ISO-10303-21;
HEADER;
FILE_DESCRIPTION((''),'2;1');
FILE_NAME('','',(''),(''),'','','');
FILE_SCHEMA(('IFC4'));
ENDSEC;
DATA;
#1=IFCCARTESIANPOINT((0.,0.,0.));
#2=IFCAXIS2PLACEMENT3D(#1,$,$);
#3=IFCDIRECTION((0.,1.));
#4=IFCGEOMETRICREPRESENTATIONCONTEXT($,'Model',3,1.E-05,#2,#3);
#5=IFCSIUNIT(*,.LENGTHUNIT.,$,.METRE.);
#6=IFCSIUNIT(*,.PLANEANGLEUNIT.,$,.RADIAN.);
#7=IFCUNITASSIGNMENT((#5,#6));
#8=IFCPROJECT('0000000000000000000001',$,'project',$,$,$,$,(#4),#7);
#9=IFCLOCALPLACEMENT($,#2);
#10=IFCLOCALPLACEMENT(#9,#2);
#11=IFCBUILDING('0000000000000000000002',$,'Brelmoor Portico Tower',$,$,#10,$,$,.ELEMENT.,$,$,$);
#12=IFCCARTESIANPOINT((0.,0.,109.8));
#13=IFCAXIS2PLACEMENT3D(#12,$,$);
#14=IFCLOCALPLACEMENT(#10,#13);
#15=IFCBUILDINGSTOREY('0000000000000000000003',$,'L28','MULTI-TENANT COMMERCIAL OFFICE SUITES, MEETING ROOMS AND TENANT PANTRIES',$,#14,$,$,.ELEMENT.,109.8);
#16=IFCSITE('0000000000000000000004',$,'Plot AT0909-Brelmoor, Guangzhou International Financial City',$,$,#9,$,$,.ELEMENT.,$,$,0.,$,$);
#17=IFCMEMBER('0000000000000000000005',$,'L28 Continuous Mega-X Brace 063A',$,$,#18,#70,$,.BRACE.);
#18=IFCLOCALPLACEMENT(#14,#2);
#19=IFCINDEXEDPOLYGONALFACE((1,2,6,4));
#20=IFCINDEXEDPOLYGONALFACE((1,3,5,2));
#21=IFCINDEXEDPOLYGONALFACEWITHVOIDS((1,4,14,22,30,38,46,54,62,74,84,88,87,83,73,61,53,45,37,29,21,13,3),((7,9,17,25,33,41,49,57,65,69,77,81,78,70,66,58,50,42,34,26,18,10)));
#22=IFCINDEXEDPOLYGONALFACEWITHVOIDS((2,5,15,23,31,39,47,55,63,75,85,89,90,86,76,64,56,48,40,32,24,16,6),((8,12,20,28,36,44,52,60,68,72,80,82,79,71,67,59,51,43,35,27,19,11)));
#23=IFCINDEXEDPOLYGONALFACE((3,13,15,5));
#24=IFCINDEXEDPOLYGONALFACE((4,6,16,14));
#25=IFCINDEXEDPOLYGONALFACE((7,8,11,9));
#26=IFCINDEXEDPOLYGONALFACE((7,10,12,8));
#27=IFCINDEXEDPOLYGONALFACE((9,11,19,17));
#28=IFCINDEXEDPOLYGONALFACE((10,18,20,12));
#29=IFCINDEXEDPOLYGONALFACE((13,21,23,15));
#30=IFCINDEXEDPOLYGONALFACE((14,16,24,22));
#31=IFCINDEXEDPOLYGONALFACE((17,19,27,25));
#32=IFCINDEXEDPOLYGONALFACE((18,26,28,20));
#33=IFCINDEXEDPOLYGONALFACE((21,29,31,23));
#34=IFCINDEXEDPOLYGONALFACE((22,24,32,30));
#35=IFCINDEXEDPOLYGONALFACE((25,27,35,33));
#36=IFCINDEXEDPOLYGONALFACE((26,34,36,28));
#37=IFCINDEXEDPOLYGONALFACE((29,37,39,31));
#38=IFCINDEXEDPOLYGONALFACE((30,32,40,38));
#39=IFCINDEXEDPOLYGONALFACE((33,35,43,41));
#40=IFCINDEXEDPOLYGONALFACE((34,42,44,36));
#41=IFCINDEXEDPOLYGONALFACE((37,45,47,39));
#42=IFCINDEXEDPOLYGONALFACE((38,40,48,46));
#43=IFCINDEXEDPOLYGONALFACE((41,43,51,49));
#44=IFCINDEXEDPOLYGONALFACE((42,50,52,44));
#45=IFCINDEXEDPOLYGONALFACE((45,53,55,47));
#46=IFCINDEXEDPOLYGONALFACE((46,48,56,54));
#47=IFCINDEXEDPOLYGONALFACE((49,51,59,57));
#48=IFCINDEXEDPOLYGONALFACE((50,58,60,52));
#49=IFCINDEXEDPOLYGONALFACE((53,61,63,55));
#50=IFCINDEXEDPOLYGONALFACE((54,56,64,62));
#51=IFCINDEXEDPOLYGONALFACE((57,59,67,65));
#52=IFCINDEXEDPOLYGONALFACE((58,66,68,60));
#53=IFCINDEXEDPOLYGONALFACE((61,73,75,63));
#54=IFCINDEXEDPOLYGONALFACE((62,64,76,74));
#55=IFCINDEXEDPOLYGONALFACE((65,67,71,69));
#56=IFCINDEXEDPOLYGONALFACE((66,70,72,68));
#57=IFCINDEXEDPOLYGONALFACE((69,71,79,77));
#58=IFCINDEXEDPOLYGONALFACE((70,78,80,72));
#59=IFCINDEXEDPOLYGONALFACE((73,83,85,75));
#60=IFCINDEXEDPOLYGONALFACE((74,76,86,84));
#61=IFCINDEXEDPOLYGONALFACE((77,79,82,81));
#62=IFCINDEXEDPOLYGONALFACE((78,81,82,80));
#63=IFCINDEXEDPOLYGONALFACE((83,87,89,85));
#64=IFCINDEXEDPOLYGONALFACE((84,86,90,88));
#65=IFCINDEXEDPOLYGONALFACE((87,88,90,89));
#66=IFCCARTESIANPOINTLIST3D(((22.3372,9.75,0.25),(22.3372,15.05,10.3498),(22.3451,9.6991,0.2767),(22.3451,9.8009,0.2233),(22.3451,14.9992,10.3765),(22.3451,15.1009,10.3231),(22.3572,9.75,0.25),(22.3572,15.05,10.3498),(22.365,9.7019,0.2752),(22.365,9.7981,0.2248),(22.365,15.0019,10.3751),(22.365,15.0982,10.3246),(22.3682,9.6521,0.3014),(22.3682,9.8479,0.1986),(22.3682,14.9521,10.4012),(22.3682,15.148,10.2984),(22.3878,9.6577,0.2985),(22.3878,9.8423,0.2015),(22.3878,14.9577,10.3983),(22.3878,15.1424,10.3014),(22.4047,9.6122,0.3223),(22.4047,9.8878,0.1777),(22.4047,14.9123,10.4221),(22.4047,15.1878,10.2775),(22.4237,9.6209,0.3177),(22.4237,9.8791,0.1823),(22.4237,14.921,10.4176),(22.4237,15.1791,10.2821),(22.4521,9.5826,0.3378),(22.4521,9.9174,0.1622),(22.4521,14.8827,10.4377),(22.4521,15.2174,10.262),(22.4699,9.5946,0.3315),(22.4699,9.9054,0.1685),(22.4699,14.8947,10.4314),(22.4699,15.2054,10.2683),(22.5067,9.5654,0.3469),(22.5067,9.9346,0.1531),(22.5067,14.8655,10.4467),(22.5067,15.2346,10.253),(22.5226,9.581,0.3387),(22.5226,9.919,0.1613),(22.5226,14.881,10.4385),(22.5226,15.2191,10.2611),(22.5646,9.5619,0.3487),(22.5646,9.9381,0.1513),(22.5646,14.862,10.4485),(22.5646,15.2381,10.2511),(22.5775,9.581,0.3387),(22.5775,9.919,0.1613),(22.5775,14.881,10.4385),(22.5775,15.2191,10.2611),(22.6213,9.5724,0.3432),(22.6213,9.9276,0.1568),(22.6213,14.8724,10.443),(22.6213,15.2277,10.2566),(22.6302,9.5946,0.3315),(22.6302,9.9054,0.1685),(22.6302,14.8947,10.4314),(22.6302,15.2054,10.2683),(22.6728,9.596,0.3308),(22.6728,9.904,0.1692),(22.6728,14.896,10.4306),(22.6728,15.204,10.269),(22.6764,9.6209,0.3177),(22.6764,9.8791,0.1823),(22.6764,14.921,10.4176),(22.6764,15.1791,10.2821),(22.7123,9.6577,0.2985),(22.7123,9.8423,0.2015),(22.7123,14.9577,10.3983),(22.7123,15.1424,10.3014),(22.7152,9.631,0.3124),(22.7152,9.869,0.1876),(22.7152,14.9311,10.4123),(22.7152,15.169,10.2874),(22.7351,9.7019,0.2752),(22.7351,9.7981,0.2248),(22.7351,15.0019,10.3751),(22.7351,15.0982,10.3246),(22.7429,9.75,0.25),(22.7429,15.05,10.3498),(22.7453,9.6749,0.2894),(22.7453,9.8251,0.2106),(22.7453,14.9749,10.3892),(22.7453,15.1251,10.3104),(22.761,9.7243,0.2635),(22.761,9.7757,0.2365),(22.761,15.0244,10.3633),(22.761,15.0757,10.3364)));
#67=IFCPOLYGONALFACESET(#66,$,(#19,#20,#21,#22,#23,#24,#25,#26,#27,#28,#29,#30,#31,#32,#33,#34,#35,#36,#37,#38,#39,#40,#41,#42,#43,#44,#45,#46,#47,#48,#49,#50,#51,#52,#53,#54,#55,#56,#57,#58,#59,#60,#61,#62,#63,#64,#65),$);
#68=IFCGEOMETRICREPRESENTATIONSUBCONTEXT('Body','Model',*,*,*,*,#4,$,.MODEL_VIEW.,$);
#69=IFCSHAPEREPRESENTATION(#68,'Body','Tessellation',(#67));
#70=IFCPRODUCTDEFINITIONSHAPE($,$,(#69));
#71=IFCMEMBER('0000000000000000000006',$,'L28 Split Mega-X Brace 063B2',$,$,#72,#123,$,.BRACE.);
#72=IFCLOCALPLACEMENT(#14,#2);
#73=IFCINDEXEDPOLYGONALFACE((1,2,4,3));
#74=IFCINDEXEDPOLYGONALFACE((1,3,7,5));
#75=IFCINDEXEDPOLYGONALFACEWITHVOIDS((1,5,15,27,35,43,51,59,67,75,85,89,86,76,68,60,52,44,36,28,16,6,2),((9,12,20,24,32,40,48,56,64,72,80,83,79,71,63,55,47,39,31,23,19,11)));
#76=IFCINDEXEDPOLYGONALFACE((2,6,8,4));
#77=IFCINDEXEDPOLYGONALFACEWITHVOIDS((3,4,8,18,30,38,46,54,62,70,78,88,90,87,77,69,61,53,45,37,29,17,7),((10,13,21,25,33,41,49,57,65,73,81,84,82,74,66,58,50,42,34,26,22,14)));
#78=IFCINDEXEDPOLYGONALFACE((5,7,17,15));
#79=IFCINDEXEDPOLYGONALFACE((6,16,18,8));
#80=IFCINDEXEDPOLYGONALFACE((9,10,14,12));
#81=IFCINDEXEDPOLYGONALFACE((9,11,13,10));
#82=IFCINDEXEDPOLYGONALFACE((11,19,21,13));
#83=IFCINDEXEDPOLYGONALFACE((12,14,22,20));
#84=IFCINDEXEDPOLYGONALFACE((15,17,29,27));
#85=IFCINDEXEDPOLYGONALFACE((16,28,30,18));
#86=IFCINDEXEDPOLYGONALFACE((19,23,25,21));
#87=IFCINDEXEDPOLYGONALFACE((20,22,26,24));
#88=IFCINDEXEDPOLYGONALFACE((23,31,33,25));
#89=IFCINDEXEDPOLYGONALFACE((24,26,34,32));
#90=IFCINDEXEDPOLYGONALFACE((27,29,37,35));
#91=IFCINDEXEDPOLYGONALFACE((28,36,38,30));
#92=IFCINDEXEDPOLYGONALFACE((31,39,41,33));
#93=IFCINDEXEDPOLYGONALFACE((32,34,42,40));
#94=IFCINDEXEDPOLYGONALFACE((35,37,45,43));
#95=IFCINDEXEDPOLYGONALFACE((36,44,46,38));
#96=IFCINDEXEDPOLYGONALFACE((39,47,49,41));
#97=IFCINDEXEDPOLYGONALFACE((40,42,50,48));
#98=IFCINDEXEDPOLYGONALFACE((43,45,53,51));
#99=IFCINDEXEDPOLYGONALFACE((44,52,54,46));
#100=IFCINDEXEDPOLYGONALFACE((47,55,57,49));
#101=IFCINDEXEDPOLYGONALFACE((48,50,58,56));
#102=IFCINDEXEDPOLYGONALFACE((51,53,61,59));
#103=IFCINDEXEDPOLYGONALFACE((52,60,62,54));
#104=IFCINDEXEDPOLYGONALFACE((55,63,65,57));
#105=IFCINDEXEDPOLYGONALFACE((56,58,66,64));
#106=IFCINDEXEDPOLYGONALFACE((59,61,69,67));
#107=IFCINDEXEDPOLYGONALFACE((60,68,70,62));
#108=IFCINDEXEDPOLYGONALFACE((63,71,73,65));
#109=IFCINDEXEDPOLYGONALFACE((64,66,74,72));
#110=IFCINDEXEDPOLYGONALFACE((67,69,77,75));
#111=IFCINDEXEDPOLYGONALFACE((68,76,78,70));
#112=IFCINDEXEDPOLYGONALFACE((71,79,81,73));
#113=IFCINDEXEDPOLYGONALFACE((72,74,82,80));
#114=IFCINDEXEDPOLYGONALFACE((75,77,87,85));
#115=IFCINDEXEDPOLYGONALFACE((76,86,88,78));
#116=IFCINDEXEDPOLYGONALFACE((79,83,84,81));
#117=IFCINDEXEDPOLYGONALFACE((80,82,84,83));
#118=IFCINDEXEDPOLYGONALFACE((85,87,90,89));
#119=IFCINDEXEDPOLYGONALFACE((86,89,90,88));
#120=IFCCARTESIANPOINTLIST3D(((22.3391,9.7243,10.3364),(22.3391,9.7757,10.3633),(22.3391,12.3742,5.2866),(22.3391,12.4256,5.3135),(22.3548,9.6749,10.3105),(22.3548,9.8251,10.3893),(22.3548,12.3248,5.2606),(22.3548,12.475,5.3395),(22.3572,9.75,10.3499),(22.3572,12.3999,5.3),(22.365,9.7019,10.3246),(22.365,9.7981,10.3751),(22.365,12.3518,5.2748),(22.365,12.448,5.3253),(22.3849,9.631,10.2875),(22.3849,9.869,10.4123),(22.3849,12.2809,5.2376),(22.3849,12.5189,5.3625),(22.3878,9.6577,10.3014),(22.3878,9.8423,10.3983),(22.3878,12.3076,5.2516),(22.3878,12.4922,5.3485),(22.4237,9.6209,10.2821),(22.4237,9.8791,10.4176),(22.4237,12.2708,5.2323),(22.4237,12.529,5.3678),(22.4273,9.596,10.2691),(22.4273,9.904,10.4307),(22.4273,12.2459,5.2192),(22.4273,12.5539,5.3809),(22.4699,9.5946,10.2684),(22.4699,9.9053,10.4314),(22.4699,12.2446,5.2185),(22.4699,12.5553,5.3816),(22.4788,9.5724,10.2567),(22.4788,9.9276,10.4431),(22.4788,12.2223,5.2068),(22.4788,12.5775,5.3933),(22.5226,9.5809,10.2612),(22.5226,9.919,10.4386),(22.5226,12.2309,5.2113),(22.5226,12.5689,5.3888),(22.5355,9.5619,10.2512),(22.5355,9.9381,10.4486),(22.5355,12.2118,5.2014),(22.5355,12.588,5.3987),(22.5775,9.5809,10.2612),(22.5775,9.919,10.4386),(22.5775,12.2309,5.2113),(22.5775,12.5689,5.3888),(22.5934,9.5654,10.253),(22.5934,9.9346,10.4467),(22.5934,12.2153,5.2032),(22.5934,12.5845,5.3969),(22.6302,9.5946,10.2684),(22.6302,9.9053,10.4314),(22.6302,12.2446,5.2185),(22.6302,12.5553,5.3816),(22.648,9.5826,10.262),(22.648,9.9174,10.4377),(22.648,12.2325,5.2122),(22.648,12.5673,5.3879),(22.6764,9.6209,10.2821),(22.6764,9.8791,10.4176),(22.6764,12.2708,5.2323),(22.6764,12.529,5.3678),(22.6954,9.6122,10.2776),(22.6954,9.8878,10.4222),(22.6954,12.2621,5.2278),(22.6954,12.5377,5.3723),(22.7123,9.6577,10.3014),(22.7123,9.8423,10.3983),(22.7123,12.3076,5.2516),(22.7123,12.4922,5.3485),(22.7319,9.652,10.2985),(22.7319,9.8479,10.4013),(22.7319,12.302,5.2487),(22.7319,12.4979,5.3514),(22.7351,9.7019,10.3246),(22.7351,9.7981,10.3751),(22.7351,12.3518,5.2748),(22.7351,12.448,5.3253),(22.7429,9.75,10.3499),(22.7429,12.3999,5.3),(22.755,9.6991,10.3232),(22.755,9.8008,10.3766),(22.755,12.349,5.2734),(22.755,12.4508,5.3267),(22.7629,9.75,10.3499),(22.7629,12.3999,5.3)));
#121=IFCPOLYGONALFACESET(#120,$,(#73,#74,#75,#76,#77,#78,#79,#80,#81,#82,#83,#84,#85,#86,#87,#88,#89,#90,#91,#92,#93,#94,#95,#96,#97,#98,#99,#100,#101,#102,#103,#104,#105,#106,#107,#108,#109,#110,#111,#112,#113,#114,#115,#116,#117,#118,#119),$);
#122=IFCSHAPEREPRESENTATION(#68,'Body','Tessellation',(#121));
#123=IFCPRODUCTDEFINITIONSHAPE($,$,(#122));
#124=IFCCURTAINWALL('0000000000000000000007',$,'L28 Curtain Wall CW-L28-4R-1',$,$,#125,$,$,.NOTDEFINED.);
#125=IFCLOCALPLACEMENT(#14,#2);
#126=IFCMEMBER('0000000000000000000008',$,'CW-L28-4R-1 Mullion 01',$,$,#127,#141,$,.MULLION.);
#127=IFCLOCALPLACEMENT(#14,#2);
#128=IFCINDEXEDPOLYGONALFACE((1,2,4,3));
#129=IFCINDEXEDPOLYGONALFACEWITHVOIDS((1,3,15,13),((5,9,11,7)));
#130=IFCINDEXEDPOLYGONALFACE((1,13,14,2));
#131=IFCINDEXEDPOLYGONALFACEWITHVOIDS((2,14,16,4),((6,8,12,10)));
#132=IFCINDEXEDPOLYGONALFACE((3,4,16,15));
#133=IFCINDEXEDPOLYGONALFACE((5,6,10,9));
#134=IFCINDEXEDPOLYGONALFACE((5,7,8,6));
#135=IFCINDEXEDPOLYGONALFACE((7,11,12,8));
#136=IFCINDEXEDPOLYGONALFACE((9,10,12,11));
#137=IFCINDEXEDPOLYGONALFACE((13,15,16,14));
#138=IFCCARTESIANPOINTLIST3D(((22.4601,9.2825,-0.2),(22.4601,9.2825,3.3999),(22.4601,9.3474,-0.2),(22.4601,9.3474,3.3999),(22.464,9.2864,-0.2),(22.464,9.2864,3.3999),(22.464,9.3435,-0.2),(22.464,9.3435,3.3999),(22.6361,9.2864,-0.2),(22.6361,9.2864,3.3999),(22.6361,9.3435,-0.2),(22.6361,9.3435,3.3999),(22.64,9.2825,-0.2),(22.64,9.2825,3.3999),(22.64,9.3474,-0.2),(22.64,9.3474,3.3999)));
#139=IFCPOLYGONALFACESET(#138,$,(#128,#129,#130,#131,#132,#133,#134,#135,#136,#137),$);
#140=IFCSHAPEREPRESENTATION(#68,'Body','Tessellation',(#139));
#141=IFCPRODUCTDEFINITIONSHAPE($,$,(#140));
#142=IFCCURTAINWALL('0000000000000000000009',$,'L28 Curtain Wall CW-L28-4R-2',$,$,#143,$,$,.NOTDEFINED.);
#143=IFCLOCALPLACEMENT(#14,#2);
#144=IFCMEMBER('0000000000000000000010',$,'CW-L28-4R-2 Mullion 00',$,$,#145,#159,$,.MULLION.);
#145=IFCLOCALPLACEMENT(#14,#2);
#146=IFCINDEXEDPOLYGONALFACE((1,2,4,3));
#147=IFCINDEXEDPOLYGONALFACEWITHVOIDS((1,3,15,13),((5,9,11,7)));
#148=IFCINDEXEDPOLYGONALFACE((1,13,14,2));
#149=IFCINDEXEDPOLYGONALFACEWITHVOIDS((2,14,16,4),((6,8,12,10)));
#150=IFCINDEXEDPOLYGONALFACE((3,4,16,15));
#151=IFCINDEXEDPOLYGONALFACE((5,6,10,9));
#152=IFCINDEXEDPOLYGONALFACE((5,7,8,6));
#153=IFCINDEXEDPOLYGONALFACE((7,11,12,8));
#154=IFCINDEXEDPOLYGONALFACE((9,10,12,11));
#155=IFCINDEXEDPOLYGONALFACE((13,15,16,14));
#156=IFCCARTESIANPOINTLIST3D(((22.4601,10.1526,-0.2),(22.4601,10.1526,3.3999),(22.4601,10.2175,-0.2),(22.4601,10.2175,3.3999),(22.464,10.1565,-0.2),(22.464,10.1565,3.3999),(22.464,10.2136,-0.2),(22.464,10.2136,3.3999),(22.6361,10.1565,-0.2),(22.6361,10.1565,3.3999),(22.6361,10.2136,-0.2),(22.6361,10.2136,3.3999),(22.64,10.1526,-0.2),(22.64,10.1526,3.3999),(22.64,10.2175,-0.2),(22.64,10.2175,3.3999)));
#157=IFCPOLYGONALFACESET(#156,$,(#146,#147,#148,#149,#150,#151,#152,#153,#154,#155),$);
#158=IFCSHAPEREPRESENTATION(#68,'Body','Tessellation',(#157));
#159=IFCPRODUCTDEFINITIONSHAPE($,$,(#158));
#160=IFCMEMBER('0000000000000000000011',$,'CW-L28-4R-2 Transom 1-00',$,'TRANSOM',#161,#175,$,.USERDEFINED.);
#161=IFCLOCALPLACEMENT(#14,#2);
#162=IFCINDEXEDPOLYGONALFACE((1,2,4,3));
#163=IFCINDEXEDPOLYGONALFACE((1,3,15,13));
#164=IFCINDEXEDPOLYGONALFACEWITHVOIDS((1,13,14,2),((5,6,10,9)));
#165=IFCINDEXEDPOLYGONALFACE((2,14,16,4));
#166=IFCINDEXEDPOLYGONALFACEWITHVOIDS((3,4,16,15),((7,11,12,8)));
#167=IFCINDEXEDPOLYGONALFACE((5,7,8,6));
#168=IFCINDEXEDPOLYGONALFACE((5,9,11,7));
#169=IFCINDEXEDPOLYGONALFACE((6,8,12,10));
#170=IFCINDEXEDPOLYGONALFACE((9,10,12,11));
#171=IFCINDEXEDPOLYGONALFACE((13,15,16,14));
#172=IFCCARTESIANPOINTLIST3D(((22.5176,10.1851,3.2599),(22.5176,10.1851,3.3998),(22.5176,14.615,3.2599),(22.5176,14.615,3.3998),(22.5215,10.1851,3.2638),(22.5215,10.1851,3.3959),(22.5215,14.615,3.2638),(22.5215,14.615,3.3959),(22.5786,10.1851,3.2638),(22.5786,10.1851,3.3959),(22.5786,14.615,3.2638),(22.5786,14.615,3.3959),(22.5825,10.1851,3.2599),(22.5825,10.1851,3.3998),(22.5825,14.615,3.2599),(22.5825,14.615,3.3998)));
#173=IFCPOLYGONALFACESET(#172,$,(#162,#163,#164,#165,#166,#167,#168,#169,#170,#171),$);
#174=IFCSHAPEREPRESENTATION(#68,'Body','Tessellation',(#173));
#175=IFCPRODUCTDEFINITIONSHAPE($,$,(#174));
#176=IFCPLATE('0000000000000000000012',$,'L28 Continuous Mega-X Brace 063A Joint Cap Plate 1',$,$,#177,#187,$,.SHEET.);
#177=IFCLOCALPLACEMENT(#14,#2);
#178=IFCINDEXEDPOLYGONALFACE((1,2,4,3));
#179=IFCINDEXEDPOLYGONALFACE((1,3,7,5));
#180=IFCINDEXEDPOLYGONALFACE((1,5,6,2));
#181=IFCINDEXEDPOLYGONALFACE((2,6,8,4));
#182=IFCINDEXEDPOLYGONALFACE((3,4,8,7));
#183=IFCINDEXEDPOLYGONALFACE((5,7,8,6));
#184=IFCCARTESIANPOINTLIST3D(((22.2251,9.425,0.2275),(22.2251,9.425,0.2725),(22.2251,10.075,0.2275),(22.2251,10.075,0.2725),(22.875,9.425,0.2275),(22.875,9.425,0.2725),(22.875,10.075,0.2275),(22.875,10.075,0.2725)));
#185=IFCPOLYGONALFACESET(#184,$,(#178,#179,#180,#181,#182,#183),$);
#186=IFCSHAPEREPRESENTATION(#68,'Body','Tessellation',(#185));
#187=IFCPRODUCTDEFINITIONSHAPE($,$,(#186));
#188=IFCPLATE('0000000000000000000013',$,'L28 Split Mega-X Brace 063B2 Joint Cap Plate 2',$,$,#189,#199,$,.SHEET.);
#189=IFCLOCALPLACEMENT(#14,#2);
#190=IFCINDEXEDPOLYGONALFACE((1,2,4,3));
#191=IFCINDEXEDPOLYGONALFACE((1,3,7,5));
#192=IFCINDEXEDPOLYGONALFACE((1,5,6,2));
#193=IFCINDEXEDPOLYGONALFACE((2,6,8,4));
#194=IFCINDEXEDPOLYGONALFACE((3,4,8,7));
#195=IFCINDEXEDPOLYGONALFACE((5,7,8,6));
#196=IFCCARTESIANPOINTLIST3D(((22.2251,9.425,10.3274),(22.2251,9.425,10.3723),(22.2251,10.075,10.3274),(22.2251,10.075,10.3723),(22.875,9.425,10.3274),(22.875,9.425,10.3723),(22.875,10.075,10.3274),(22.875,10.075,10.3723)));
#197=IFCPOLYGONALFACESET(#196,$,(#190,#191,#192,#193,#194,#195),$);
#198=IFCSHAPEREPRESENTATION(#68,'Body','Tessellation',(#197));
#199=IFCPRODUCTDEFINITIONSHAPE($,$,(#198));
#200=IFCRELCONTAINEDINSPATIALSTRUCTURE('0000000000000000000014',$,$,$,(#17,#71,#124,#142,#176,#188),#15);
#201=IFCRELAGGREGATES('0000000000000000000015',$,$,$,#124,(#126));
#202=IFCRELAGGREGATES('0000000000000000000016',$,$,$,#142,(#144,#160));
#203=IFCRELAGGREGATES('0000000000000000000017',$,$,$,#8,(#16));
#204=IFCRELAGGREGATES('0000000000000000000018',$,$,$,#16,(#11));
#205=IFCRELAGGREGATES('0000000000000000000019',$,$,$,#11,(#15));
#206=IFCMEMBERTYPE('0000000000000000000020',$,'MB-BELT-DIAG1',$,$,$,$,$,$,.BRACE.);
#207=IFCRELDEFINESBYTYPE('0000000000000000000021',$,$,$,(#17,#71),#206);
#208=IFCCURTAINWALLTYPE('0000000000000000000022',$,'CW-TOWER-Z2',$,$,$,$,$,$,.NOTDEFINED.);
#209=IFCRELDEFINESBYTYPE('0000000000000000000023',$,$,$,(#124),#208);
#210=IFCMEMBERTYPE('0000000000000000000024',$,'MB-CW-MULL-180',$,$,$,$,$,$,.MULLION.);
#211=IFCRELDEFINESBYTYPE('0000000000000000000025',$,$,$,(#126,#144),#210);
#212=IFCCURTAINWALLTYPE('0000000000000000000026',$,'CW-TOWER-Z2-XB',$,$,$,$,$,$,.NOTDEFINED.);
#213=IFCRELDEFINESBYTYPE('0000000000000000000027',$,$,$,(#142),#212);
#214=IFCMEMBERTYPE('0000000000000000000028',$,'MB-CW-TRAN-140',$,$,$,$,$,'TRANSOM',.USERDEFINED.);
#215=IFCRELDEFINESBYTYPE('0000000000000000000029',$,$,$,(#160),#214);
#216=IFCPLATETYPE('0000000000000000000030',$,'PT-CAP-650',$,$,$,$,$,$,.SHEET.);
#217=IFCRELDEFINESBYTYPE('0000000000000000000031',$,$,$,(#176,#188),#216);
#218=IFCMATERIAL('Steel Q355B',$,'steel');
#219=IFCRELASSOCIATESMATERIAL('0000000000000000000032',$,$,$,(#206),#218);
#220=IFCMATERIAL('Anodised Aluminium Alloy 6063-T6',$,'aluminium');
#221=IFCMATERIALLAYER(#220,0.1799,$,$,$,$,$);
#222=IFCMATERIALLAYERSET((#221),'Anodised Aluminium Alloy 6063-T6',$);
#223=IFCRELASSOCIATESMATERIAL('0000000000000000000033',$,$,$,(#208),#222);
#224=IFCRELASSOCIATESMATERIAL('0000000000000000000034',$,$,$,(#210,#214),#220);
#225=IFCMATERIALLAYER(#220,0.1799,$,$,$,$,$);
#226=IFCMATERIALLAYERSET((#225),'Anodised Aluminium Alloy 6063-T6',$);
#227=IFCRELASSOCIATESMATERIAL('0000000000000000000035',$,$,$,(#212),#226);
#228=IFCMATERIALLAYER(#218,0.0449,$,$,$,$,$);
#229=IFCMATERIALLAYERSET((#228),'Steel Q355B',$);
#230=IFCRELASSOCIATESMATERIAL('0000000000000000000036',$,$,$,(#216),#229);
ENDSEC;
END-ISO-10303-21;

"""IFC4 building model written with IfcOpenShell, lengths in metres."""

from ifc_helpers import new_model, si_unit, direction, frame, origin, origin_2d, place, context, subcontext, project, spatial, rectangle, hollow_rectangle, hollow_circle, extrude, material, layer, layer_set, material_profile, profile_set, type_object, element, aggregate, save


model = new_model("IFC4")

# Units and contexts
model_context = context("Model", 3, precision=1e-05, world=origin(), true_north=direction((0.0, 1.0)))
body_context = subcontext(model_context, "Body", "Model", "MODEL_VIEW")
ifc_project = project(units=[si_unit("LENGTHUNIT", "METRE"), si_unit("PLANEANGLEUNIT", "RADIAN")], contexts=[model_context])

# Site, building, storey
site_placement = place(None, origin())
site = spatial("IfcSite", under=ifc_project, at=site_placement, Name="Plot AT0909-Brelmoor, Guangzhou International Financial City", CompositionType="ELEMENT", RefElevation=0.0)
building_placement = place(site_placement, origin())
building = spatial("IfcBuilding", under=site, at=building_placement, Name="Brelmoor Portico Tower", CompositionType="ELEMENT")
storey_placement = place(building_placement, frame((0.0, 0.0, 109.8)))
storey = spatial("IfcBuildingStorey", under=building, at=storey_placement, Name="L28", Description="MULTI-TENANT COMMERCIAL OFFICE SUITES, MEETING ROOMS AND TENANT PANTRIES", CompositionType="ELEMENT", Elevation=109.8)

# Shared definitions
ifc_material_1 = material(Name="Steel Q355B", Category="steel")

# Members
ifc_material_profile_1 = material_profile(ifc_material_1, hollow_circle(Radius=0.2129, WallThickness=0.02, at=origin_2d()), Name="CHS 426x20")
ifc_profile_set_1 = profile_set([ifc_material_profile_1], Name="Steel Q355B")
member_type_1 = type_object("IfcMemberType", Name="MB-BELT-DIAG1", PredefinedType="BRACE", material=ifc_profile_set_1)
member_1_placement = place(storey_placement, frame((22.55, 9.75, 0.25), z_axis=(0.0, 0.464671, 0.885484), x_axis=(-1.0, 0.0, 0.0)))
element("IfcMember", 1, at=member_1_placement, inside=storey, type_object=member_type_1, Name="L28 Continuous Mega-X Brace 063A", PredefinedType="BRACE", context=body_context, shape_type="SweptSolid", body=[
    extrude(hollow_circle(Radius=0.2129, WallThickness=0.02, at=origin_2d()), origin(), (0.0, 0.0, 1.0), 11.406),
])
member_2_placement = place(storey_placement, frame((22.55, 12.3999, 5.3), z_axis=(0.0, -0.464663, 0.885488), x_axis=(1.0, 0.0, 0.0)))
element("IfcMember", 2, at=member_2_placement, inside=storey, type_object=member_type_1, Name="L28 Split Mega-X Brace 063B2", PredefinedType="BRACE", context=body_context, shape_type="SweptSolid", body=[
    extrude(hollow_circle(Radius=0.2129, WallThickness=0.02, at=origin_2d()), origin(), (0.0, 0.0, 1.0), 5.7029),
])

# Curtain wall, member
ifc_material_2 = material(Name="Anodised Aluminium Alloy 6063-T6", Category="aluminium")
ifc_layer_1 = layer(ifc_material_2, 0.1799)
ifc_layer_set_1 = layer_set([ifc_layer_1], Name="Anodised Aluminium Alloy 6063-T6")
curtain_wall_type_1 = type_object("IfcCurtainWallType", Name="CW-TOWER-Z2", PredefinedType="NOTDEFINED", material=ifc_layer_set_1)
curtain_wall_1_placement = place(storey_placement, origin())
curtain_wall_1 = element("IfcCurtainWall", 3, at=curtain_wall_1_placement, inside=storey, type_object=curtain_wall_type_1, Name="L28 Curtain Wall CW-L28-4R-1", PredefinedType="NOTDEFINED")
ifc_material_profile_2 = material_profile(ifc_material_2, hollow_rectangle(XDim=0.0649, YDim=0.1799, WallThickness=0.0039, at=origin_2d()), Name="ALU MULLION 65x180")
ifc_profile_set_2 = profile_set([ifc_material_profile_2], Name="Anodised Aluminium Alloy 6063-T6")
member_type_2 = type_object("IfcMemberType", Name="MB-CW-MULL-180", PredefinedType="MULLION", material=ifc_profile_set_2)
member_3_placement = place(storey_placement, frame((22.55, 9.3149, -0.2), z_axis=(0.0, 0.0, 1.0), x_axis=(0.0, 1.0, 0.0)))
member_3 = element("IfcMember", 4, at=member_3_placement, type_object=member_type_2, Name="CW-L28-4R-1 Mullion 01", PredefinedType="MULLION", context=body_context, shape_type="SweptSolid", body=[
    extrude(hollow_rectangle(XDim=0.0649, YDim=0.1799, WallThickness=0.0039, at=origin_2d()), origin(), (0.0, 0.0, 1.0), 3.5999),
])

# Curtain wall, members
ifc_layer_2 = layer(ifc_material_2, 0.1799)
ifc_layer_set_2 = layer_set([ifc_layer_2], Name="Anodised Aluminium Alloy 6063-T6")
curtain_wall_type_2 = type_object("IfcCurtainWallType", Name="CW-TOWER-Z2-XB", PredefinedType="NOTDEFINED", material=ifc_layer_set_2)
curtain_wall_2_placement = place(storey_placement, origin())
curtain_wall_2 = element("IfcCurtainWall", 5, at=curtain_wall_2_placement, inside=storey, type_object=curtain_wall_type_2, Name="L28 Curtain Wall CW-L28-4R-2", PredefinedType="NOTDEFINED")
member_4_placement = place(storey_placement, frame((22.55, 10.1851, -0.2), z_axis=(0.0, 0.0, 1.0), x_axis=(0.0, 1.0, 0.0)))
member_4 = element("IfcMember", 6, at=member_4_placement, type_object=member_type_2, Name="CW-L28-4R-2 Mullion 00", PredefinedType="MULLION", context=body_context, shape_type="SweptSolid", body=[
    extrude(hollow_rectangle(XDim=0.0649, YDim=0.1799, WallThickness=0.0039, at=origin_2d()), origin(), (0.0, 0.0, 1.0), 3.5999),
])
ifc_material_profile_3 = material_profile(ifc_material_2, hollow_rectangle(XDim=0.0649, YDim=0.1399, WallThickness=0.0039, at=origin_2d()), Name="ALU TRANSOM 65x140")
ifc_profile_set_3 = profile_set([ifc_material_profile_3], Name="Anodised Aluminium Alloy 6063-T6")
member_type_3 = type_object("IfcMemberType", Name="MB-CW-TRAN-140", ElementType="TRANSOM", PredefinedType="USERDEFINED", material=ifc_profile_set_3)
member_5_placement = place(storey_placement, frame((22.55, 10.1851, 3.3298), z_axis=(0.0, 1.0, 0.0), x_axis=(-1.0, 0.0, 0.0)))
member_5 = element("IfcMember", 7, at=member_5_placement, type_object=member_type_3, Name="CW-L28-4R-2 Transom 1-00", ObjectType="TRANSOM", PredefinedType="USERDEFINED", context=body_context, shape_type="SweptSolid", body=[
    extrude(hollow_rectangle(XDim=0.0649, YDim=0.1399, WallThickness=0.0039, at=origin_2d()), origin(), (0.0, 0.0, 1.0), 4.4299),
])

# Plates
ifc_layer_3 = layer(ifc_material_1, 0.0449)
ifc_layer_set_3 = layer_set([ifc_layer_3], Name="Steel Q355B")
plate_type_1 = type_object("IfcPlateType", Name="PT-CAP-650", PredefinedType="SHEET", material=ifc_layer_set_3)
for number, where, z_axis, x_axis, name in (
    (8, (22.55, 9.75, 0.2275), (0.0, 0.0, 1.0), (1.0, 0.0, 0.0), "L28 Continuous Mega-X Brace 063A Joint Cap Plate 1"),
    (9, (22.55, 9.75, 10.3274), (0.0, 0.0, 1.0), (1.0, 0.0, 0.0), "L28 Split Mega-X Brace 063B2 Joint Cap Plate 2"),
):
    element("IfcPlate", number, at=place(storey_placement, frame(where, z_axis=z_axis, x_axis=x_axis)), inside=storey, type_object=plate_type_1, Name=name, PredefinedType="SHEET", context=body_context, shape_type="SweptSolid", body=[
        extrude(rectangle(XDim=0.6499, YDim=0.6499, at=origin_2d()), origin(), (0.0, 0.0, 1.0), 0.0449),
    ])

aggregate(curtain_wall_1, [member_3])
aggregate(curtain_wall_2, [member_4, member_5])

save(model, "model.ifc")
